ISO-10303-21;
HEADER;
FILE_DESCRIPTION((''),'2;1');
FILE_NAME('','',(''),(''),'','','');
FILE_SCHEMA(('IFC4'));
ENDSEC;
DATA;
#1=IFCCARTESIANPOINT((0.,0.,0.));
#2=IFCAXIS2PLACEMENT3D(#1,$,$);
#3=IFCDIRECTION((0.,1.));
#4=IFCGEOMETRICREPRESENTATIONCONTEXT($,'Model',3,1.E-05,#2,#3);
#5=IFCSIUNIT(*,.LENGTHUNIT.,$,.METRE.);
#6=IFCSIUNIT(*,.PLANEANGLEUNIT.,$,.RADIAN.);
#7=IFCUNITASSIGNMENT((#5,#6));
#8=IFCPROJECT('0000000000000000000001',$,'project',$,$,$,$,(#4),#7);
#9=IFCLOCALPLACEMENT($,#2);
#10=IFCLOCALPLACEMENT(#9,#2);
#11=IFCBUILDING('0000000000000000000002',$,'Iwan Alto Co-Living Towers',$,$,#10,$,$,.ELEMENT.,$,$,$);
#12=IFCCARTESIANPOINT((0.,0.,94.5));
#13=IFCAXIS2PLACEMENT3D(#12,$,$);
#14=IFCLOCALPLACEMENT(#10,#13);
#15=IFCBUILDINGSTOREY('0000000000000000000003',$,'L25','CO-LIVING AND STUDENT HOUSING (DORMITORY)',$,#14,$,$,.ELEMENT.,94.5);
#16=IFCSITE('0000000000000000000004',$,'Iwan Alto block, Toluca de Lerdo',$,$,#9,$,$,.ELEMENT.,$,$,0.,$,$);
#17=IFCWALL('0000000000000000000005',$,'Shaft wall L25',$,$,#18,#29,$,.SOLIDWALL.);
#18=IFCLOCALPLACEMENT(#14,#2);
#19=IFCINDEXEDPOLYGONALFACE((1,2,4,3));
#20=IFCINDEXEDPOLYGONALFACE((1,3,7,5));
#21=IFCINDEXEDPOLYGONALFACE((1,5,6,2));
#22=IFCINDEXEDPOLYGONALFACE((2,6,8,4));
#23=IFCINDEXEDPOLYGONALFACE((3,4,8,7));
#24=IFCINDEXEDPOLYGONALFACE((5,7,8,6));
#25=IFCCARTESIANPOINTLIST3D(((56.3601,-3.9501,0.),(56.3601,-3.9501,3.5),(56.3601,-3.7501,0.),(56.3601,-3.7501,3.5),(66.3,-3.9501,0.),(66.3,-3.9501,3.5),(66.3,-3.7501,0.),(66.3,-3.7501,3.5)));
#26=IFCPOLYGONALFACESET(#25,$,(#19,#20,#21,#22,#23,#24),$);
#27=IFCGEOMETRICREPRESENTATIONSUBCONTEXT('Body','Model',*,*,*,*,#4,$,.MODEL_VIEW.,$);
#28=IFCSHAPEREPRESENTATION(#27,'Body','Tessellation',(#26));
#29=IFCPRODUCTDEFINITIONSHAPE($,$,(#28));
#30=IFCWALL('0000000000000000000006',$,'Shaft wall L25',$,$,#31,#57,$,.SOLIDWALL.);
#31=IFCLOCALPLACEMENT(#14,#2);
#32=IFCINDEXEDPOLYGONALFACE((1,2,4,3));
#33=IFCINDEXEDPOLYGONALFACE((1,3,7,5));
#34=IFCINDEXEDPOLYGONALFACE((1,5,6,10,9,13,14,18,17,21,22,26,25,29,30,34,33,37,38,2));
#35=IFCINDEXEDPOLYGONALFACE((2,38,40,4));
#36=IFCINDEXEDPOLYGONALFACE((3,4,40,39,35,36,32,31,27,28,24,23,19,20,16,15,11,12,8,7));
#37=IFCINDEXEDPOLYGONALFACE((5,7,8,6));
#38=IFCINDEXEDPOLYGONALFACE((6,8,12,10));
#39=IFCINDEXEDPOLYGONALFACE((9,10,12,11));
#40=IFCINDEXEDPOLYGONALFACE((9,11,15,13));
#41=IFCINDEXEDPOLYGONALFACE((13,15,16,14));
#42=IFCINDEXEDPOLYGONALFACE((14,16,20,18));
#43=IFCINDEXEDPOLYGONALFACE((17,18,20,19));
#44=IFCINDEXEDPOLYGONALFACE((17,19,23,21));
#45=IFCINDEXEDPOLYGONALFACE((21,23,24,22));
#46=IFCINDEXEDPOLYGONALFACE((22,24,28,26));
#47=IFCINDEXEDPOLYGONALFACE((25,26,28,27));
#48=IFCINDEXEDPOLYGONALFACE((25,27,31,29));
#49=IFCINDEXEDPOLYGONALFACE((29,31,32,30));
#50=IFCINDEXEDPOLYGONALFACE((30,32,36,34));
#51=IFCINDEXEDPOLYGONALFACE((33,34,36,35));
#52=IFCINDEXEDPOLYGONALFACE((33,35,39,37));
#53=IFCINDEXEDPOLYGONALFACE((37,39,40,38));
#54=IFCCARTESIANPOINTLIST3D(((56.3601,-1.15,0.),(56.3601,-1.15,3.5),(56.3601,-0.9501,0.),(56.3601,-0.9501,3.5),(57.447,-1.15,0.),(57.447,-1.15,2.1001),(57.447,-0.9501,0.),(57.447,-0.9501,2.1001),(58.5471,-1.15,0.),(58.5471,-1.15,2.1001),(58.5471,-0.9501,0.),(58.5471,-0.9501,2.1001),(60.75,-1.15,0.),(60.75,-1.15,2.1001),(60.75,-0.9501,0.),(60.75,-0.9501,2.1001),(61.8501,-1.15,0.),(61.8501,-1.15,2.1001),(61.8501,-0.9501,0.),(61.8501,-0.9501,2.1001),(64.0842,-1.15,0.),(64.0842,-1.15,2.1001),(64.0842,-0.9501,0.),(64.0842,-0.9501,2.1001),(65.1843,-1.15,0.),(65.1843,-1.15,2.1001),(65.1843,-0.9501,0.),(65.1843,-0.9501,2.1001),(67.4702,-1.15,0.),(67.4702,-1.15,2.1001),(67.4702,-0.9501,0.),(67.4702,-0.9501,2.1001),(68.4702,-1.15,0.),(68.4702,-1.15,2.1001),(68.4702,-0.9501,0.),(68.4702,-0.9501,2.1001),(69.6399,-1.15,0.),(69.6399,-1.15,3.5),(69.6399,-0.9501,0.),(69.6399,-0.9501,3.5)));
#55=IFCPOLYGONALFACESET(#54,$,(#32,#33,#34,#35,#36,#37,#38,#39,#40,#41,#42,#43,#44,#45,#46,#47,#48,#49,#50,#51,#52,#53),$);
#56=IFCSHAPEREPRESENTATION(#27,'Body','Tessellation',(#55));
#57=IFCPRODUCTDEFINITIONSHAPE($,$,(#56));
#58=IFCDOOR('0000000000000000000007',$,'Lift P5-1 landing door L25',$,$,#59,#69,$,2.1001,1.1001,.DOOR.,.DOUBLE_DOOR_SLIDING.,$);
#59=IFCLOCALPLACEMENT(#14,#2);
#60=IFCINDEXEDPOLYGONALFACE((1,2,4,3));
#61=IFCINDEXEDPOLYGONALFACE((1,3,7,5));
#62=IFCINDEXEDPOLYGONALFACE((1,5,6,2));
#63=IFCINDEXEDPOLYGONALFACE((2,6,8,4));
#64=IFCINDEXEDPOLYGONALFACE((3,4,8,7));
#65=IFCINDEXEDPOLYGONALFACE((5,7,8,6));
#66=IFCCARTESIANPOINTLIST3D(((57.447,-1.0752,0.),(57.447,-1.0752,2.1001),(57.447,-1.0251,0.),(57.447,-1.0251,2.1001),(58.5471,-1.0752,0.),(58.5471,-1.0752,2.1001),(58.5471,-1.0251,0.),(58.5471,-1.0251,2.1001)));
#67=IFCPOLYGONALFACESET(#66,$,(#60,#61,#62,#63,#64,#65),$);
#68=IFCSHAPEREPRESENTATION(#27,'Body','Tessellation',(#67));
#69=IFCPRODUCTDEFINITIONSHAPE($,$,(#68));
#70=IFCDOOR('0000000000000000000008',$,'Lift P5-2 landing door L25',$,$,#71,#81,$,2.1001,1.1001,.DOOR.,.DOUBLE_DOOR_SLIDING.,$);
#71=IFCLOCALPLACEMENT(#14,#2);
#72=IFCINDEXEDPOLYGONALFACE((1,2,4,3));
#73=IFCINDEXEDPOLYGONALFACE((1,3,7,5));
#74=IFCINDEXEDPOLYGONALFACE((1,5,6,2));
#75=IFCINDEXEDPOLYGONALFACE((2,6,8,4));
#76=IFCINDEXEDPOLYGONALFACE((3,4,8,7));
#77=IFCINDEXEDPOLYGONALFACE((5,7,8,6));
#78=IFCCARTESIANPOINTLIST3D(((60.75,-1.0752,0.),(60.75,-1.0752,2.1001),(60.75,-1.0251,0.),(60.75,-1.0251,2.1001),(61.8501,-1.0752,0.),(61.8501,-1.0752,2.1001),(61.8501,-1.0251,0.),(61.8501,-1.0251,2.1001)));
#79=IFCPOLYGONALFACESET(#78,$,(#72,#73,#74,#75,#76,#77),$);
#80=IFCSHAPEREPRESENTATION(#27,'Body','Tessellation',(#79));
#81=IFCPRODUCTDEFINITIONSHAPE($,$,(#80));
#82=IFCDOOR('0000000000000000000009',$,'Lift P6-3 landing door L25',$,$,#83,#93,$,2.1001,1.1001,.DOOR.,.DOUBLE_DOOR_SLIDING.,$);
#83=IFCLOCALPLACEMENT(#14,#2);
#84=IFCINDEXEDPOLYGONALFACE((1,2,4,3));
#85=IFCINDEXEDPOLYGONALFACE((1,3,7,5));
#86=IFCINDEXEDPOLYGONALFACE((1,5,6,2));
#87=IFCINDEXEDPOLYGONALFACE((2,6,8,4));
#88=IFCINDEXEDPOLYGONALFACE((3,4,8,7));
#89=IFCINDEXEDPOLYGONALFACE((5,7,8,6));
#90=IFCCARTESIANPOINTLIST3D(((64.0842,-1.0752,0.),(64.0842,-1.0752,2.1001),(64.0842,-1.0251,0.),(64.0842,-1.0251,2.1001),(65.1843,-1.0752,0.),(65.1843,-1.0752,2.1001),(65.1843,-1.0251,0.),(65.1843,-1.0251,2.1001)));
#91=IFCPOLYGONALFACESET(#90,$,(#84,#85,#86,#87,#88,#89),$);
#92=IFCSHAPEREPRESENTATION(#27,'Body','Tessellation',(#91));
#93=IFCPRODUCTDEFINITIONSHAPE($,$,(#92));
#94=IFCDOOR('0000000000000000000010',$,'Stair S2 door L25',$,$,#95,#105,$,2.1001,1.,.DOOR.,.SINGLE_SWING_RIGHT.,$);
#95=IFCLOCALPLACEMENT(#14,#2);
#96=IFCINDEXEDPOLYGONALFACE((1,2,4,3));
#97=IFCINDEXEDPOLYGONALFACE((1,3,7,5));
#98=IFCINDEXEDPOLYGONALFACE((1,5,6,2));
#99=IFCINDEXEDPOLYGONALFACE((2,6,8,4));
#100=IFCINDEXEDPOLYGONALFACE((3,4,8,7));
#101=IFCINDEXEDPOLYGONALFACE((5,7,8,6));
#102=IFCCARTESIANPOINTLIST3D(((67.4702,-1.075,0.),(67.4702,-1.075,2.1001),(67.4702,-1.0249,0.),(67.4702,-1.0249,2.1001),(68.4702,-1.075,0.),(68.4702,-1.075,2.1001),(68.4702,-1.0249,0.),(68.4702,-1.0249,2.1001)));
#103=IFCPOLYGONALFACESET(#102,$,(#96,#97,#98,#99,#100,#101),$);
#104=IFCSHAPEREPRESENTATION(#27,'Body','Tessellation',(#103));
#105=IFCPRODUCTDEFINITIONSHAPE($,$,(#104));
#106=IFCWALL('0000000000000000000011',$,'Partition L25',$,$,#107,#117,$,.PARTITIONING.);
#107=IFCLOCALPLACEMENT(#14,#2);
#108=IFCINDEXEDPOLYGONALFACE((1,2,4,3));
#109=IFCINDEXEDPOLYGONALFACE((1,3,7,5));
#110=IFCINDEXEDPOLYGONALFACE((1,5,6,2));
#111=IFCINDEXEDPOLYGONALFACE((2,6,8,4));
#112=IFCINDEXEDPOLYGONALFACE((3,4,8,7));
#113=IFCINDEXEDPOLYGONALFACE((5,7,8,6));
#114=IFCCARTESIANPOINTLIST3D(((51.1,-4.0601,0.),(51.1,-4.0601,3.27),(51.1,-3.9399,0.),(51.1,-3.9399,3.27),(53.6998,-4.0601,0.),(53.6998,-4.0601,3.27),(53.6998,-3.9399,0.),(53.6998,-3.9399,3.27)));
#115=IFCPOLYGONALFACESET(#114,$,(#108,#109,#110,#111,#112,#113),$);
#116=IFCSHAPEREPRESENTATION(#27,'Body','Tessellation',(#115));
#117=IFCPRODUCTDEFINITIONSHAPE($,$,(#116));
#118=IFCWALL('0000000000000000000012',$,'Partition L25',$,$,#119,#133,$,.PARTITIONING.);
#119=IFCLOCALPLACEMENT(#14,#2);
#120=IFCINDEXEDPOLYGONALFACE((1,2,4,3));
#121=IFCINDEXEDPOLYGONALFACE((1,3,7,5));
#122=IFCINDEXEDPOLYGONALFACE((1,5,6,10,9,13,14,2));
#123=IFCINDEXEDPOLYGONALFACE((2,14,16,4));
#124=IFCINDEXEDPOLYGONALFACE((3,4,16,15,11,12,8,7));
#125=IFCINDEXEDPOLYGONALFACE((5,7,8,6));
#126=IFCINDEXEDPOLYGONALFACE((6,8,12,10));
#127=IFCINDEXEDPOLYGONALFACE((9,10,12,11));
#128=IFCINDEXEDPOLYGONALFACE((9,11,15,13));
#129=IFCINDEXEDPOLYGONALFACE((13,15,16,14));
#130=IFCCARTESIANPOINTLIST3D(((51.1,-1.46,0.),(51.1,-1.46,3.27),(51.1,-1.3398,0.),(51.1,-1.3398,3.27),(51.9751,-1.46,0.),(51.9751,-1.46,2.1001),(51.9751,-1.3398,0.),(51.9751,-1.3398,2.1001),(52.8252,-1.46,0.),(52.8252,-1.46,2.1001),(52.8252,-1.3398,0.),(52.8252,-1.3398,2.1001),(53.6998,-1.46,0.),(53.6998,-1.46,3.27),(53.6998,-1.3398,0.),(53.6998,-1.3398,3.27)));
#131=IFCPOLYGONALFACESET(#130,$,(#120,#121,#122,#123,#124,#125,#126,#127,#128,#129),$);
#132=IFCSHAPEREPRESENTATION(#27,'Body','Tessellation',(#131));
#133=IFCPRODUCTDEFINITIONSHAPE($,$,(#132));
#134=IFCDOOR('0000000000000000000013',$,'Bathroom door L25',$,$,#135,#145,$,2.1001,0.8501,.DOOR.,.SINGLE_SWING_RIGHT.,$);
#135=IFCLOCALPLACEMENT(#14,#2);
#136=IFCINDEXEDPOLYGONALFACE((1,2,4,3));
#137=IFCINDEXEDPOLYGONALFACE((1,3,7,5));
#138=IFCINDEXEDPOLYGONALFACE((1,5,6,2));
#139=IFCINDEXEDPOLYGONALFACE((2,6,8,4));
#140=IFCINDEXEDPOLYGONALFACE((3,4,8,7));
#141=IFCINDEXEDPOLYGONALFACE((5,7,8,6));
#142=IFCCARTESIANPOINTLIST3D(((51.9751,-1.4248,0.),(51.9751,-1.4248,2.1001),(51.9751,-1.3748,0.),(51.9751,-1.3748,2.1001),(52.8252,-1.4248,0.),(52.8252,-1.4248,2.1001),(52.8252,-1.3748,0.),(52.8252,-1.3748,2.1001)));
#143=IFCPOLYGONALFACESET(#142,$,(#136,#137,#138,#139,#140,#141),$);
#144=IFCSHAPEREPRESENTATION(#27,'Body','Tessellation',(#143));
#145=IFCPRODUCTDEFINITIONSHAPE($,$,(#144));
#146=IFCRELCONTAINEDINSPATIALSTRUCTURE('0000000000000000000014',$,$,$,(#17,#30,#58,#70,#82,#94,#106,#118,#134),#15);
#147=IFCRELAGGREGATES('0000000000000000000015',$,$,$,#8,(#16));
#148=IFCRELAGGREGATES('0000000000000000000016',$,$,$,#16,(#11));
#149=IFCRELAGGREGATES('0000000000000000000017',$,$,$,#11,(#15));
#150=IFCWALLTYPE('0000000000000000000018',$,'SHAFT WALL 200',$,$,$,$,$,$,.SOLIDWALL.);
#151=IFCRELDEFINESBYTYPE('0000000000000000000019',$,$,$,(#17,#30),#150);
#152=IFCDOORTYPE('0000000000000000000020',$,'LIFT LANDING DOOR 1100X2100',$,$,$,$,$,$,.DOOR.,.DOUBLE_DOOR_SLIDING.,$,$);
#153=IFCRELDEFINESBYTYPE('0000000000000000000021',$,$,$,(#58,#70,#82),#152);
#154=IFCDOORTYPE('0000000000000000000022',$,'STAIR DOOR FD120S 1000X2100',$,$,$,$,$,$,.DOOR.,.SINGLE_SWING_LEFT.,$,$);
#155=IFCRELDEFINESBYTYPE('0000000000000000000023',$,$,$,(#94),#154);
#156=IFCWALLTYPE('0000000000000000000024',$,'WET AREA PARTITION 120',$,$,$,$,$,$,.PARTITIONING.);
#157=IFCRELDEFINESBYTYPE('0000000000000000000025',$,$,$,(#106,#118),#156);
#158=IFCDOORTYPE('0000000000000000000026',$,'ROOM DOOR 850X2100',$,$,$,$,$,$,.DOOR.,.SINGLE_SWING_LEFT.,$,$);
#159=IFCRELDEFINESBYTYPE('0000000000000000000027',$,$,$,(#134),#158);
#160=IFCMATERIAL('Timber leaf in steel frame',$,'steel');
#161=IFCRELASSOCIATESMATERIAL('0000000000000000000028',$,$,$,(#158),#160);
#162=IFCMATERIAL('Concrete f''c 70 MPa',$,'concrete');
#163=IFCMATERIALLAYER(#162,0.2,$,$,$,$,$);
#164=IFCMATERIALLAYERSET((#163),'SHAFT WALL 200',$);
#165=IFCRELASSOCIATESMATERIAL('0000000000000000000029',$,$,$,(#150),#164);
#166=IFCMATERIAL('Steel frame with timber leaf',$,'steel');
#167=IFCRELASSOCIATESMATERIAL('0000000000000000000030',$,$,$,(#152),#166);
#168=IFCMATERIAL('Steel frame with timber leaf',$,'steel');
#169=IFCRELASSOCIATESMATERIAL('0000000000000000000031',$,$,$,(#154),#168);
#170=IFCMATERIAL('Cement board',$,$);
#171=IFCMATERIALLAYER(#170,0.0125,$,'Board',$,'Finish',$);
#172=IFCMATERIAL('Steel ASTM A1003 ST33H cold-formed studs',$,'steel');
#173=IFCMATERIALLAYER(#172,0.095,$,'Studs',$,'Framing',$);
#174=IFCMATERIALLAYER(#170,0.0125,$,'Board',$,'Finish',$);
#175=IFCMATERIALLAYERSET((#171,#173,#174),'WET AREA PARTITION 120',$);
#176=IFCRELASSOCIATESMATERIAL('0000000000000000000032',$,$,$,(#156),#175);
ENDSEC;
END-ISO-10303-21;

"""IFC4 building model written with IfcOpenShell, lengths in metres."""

from ifc_helpers import new_model, si_unit, direction, frame, frame_2d, origin, place, context, subcontext, project, spatial, rectangle, extrude, material, layer, layer_set, type_object, element, fill, save


model = new_model("IFC4")

# Units and contexts
model_context = context("Model", 3, precision=1e-05, world=origin(), true_north=direction((0.0, 1.0)))
body_context = subcontext(model_context, "Body", "Model", "MODEL_VIEW")
ifc_project = project(units=[si_unit("LENGTHUNIT", "METRE"), si_unit("PLANEANGLEUNIT", "RADIAN")], contexts=[model_context])

# Site, building, storey
site_placement = place(None, origin())
site = spatial("IfcSite", under=ifc_project, at=site_placement, Name="Iwan Alto block, Toluca de Lerdo", CompositionType="ELEMENT", RefElevation=0.0)
building_placement = place(site_placement, origin())
building = spatial("IfcBuilding", under=site, at=building_placement, Name="Iwan Alto Co-Living Towers", CompositionType="ELEMENT")
storey_placement = place(building_placement, frame((0.0, 0.0, 94.5)))
storey = spatial("IfcBuildingStorey", under=building, at=storey_placement, Name="L25", Description="CO-LIVING AND STUDENT HOUSING (DORMITORY)", CompositionType="ELEMENT", Elevation=94.5)

# Shared definitions
ifc_material_1 = material(Name="Steel ASTM A1003 ST33H cold-formed studs", Category="steel")
ifc_material_2 = material(Name="Timber leaf in steel frame", Category="steel")
door_type_1 = type_object("IfcDoorType", Name="ROOM DOOR 850X2100", OperationType="SINGLE_SWING_LEFT", PredefinedType="DOOR", material=ifc_material_2)

# Wall
ifc_material_3 = material(Name="Concrete f'c 70 MPa", Category="concrete")
ifc_layer_1 = layer(ifc_material_3, 0.2)
ifc_layer_set_1 = layer_set([ifc_layer_1], Name="SHAFT WALL 200")
wall_type_1 = type_object("IfcWallType", Name="SHAFT WALL 200", PredefinedType="SOLIDWALL", material=ifc_layer_set_1)
wall_1_placement = place(storey_placement, frame((56.3601, -3.8501, 0.0), z_axis=(0.0, 0.0, 1.0), x_axis=(1.0, 0.0, 0.0)))
element("IfcWall", 1, at=wall_1_placement, inside=storey, type_object=wall_type_1, Name="Shaft wall L25", PredefinedType="SOLIDWALL", context=body_context, shape_type="SweptSolid", body=[
    extrude(rectangle(XDim=9.9399, YDim=0.2, at=frame_2d((4.97, 0.0))), origin(), (0.0, 0.0, 1.0), 3.5),
])

# Wall, openings, doors
wall_2_placement = place(storey_placement, frame((56.3601, -1.05, 0.0), z_axis=(0.0, 0.0, 1.0), x_axis=(1.0, 0.0, 0.0)))
wall_2 = element("IfcWall", 2, at=wall_2_placement, inside=storey, type_object=wall_type_1, Name="Shaft wall L25", PredefinedType="SOLIDWALL", context=body_context, shape_type="SweptSolid", body=[
    extrude(rectangle(XDim=13.2798, YDim=0.2, at=frame_2d((6.6399, 0.0))), origin(), (0.0, 0.0, 1.0), 3.5),
])
opening_1_placement = place(wall_2_placement, frame((11.1101, 0.0, 0.0)))
opening_1 = element("IfcOpeningElement", 3, at=opening_1_placement, cuts=wall_2, PredefinedType="OPENING", context=body_context, shape_type="SweptSolid", body=[
    extrude(rectangle(XDim=1.0, YDim=2.1001, at=frame_2d((0.5, 1.05))), frame((0.0, 0.1099, 0.0), z_axis=(0.0, -1.0, 0.0), x_axis=(1.0, 0.0, 0.0)), (0.0, 0.0, 1.0), 0.22),
])
opening_2_placement = place(wall_2_placement, frame((1.0869, 0.0, 0.0)))
opening_2 = element("IfcOpeningElement", 4, at=opening_2_placement, cuts=wall_2, PredefinedType="OPENING", context=body_context, shape_type="SweptSolid", body=[
    extrude(rectangle(XDim=1.1001, YDim=2.1001, at=frame_2d((0.55, 1.05))), frame((0.0, 0.1099, 0.0), z_axis=(0.0, -1.0, 0.0), x_axis=(1.0, 0.0, 0.0)), (0.0, 0.0, 1.0), 0.22),
])
opening_3_placement = place(wall_2_placement, frame((4.3899, 0.0, 0.0)))
opening_3 = element("IfcOpeningElement", 5, at=opening_3_placement, cuts=wall_2, PredefinedType="OPENING", context=body_context, shape_type="SweptSolid", body=[
    extrude(rectangle(XDim=1.1001, YDim=2.1001, at=frame_2d((0.55, 1.05))), frame((0.0, 0.1099, 0.0), z_axis=(0.0, -1.0, 0.0), x_axis=(1.0, 0.0, 0.0)), (0.0, 0.0, 1.0), 0.22),
])
opening_4_placement = place(wall_2_placement, frame((7.7241, 0.0, 0.0)))
opening_4 = element("IfcOpeningElement", 6, at=opening_4_placement, cuts=wall_2, PredefinedType="OPENING", context=body_context, shape_type="SweptSolid", body=[
    extrude(rectangle(XDim=1.1001, YDim=2.1001, at=frame_2d((0.55, 1.05))), frame((0.0, 0.1099, 0.0), z_axis=(0.0, -1.0, 0.0), x_axis=(1.0, 0.0, 0.0)), (0.0, 0.0, 1.0), 0.22),
])
ifc_material_4 = material(Name="Steel frame with timber leaf", Category="steel")
door_type_2 = type_object("IfcDoorType", Name="LIFT LANDING DOOR 1100X2100", OperationType="DOUBLE_DOOR_SLIDING", PredefinedType="DOOR", material=ifc_material_4)
door_1_placement = place(opening_2_placement, origin())
door_1 = element("IfcDoor", 7, at=door_1_placement, inside=storey, type_object=door_type_2, Name="Lift P5-1 landing door L25", OperationType="DOUBLE_DOOR_SLIDING", OverallHeight=2.1001, OverallWidth=1.1001, PredefinedType="DOOR", context=body_context, shape_type="SweptSolid", body=[
    extrude(rectangle(XDim=1.1001, YDim=2.1001, at=frame_2d((0.55, 1.05))), frame((0.0, 0.0249, 0.0), z_axis=(0.0, -1.0, 0.0), x_axis=(1.0, 0.0, 0.0)), (0.0, 0.0, 1.0), 0.05),
])
fill(opening_2, door_1)
door_2_placement = place(opening_3_placement, origin())
door_2 = element("IfcDoor", 8, at=door_2_placement, inside=storey, type_object=door_type_2, Name="Lift P5-2 landing door L25", OperationType="DOUBLE_DOOR_SLIDING", OverallHeight=2.1001, OverallWidth=1.1001, PredefinedType="DOOR", context=body_context, shape_type="SweptSolid", body=[
    extrude(rectangle(XDim=1.1001, YDim=2.1001, at=frame_2d((0.55, 1.05))), frame((0.0, 0.0249, 0.0), z_axis=(0.0, -1.0, 0.0), x_axis=(1.0, 0.0, 0.0)), (0.0, 0.0, 1.0), 0.05),
])
fill(opening_3, door_2)
door_3_placement = place(opening_4_placement, origin())
door_3 = element("IfcDoor", 9, at=door_3_placement, inside=storey, type_object=door_type_2, Name="Lift P6-3 landing door L25", OperationType="DOUBLE_DOOR_SLIDING", OverallHeight=2.1001, OverallWidth=1.1001, PredefinedType="DOOR", context=body_context, shape_type="SweptSolid", body=[
    extrude(rectangle(XDim=1.1001, YDim=2.1001, at=frame_2d((0.55, 1.05))), frame((0.0, 0.0249, 0.0), z_axis=(0.0, -1.0, 0.0), x_axis=(1.0, 0.0, 0.0)), (0.0, 0.0, 1.0), 0.05),
])
fill(opening_4, door_3)
ifc_material_5 = material(Name="Steel frame with timber leaf", Category="steel")
door_type_3 = type_object("IfcDoorType", Name="STAIR DOOR FD120S 1000X2100", OperationType="SINGLE_SWING_LEFT", PredefinedType="DOOR", material=ifc_material_5)
door_4_placement = place(opening_1_placement, frame((1.0, 0.0, 0.0), z_axis=(0.0, 0.0, 1.0), x_axis=(-1.0, 0.0, 0.0)))
door_4 = element("IfcDoor", 10, at=door_4_placement, inside=storey, type_object=door_type_3, Name="Stair S2 door L25", OperationType="SINGLE_SWING_RIGHT", OverallHeight=2.1001, OverallWidth=1.0, PredefinedType="DOOR", context=body_context, shape_type="SweptSolid", body=[
    extrude(rectangle(XDim=1.0, YDim=2.1001, at=frame_2d((0.5, 1.05))), frame((0.0, 0.0249, 0.0), z_axis=(0.0, -1.0, 0.0), x_axis=(1.0, 0.0, 0.0)), (0.0, 0.0, 1.0), 0.05),
])
fill(opening_1, door_4)

# Wall
ifc_material_6 = material(Name="Cement board")
ifc_layer_2 = layer(ifc_material_6, 0.0125, Name="Board", Category="Finish")
ifc_layer_3 = layer(ifc_material_1, 0.095, Name="Studs", Category="Framing")
ifc_layer_4 = layer(ifc_material_6, 0.0125, Name="Board", Category="Finish")
ifc_layer_set_2 = layer_set([ifc_layer_2, ifc_layer_3, ifc_layer_4], Name="WET AREA PARTITION 120")
wall_type_2 = type_object("IfcWallType", Name="WET AREA PARTITION 120", PredefinedType="PARTITIONING", material=ifc_layer_set_2)
wall_3_placement = place(storey_placement, frame((51.1001, -4.0, 0.0), z_axis=(0.0, 0.0, 1.0), x_axis=(1.0, 0.0, 0.0)))
element("IfcWall", 11, at=wall_3_placement, inside=storey, type_object=wall_type_2, Name="Partition L25", PredefinedType="PARTITIONING", context=body_context, shape_type="SweptSolid", body=[
    extrude(rectangle(XDim=2.5999, YDim=0.1201, at=frame_2d((1.2998, 0.0))), origin(), (0.0, 0.0, 1.0), 3.27),
])

# Wall, opening, door
wall_4_placement = place(storey_placement, frame((51.1001, -1.3999, 0.0), z_axis=(0.0, 0.0, 1.0), x_axis=(1.0, 0.0, 0.0)))
wall_4 = element("IfcWall", 12, at=wall_4_placement, inside=storey, type_object=wall_type_2, Name="Partition L25", PredefinedType="PARTITIONING", context=body_context, shape_type="SweptSolid", body=[
    extrude(rectangle(XDim=2.5999, YDim=0.1201, at=frame_2d((1.2998, 0.0))), origin(), (0.0, 0.0, 1.0), 3.27),
])
opening_5_placement = place(wall_4_placement, frame((0.875, 0.0, 0.0)))
opening_5 = element("IfcOpeningElement", 13, at=opening_5_placement, cuts=wall_4, PredefinedType="OPENING", context=body_context, shape_type="SweptSolid", body=[
    extrude(rectangle(XDim=0.8501, YDim=2.1001, at=frame_2d((0.425, 1.05))), frame((0.0, 0.0701, 0.0), z_axis=(0.0, -1.0, 0.0), x_axis=(1.0, 0.0, 0.0)), (0.0, 0.0, 1.0), 0.1401),
])
door_5_placement = place(opening_5_placement, frame((0.8501, 0.0, 0.0), z_axis=(0.0, 0.0, 1.0), x_axis=(-1.0, 0.0, 0.0)))
door_5 = element("IfcDoor", 14, at=door_5_placement, inside=storey, type_object=door_type_1, Name="Bathroom door L25", OperationType="SINGLE_SWING_RIGHT", OverallHeight=2.1001, OverallWidth=0.8501, PredefinedType="DOOR", context=body_context, shape_type="SweptSolid", body=[
    extrude(rectangle(XDim=0.8501, YDim=2.1001, at=frame_2d((0.425, 1.05))), frame((0.0, 0.0249, 0.0), z_axis=(0.0, -1.0, 0.0), x_axis=(1.0, 0.0, 0.0)), (0.0, 0.0, 1.0), 0.05),
])
fill(opening_5, door_5)

save(model, "model.ifc")
